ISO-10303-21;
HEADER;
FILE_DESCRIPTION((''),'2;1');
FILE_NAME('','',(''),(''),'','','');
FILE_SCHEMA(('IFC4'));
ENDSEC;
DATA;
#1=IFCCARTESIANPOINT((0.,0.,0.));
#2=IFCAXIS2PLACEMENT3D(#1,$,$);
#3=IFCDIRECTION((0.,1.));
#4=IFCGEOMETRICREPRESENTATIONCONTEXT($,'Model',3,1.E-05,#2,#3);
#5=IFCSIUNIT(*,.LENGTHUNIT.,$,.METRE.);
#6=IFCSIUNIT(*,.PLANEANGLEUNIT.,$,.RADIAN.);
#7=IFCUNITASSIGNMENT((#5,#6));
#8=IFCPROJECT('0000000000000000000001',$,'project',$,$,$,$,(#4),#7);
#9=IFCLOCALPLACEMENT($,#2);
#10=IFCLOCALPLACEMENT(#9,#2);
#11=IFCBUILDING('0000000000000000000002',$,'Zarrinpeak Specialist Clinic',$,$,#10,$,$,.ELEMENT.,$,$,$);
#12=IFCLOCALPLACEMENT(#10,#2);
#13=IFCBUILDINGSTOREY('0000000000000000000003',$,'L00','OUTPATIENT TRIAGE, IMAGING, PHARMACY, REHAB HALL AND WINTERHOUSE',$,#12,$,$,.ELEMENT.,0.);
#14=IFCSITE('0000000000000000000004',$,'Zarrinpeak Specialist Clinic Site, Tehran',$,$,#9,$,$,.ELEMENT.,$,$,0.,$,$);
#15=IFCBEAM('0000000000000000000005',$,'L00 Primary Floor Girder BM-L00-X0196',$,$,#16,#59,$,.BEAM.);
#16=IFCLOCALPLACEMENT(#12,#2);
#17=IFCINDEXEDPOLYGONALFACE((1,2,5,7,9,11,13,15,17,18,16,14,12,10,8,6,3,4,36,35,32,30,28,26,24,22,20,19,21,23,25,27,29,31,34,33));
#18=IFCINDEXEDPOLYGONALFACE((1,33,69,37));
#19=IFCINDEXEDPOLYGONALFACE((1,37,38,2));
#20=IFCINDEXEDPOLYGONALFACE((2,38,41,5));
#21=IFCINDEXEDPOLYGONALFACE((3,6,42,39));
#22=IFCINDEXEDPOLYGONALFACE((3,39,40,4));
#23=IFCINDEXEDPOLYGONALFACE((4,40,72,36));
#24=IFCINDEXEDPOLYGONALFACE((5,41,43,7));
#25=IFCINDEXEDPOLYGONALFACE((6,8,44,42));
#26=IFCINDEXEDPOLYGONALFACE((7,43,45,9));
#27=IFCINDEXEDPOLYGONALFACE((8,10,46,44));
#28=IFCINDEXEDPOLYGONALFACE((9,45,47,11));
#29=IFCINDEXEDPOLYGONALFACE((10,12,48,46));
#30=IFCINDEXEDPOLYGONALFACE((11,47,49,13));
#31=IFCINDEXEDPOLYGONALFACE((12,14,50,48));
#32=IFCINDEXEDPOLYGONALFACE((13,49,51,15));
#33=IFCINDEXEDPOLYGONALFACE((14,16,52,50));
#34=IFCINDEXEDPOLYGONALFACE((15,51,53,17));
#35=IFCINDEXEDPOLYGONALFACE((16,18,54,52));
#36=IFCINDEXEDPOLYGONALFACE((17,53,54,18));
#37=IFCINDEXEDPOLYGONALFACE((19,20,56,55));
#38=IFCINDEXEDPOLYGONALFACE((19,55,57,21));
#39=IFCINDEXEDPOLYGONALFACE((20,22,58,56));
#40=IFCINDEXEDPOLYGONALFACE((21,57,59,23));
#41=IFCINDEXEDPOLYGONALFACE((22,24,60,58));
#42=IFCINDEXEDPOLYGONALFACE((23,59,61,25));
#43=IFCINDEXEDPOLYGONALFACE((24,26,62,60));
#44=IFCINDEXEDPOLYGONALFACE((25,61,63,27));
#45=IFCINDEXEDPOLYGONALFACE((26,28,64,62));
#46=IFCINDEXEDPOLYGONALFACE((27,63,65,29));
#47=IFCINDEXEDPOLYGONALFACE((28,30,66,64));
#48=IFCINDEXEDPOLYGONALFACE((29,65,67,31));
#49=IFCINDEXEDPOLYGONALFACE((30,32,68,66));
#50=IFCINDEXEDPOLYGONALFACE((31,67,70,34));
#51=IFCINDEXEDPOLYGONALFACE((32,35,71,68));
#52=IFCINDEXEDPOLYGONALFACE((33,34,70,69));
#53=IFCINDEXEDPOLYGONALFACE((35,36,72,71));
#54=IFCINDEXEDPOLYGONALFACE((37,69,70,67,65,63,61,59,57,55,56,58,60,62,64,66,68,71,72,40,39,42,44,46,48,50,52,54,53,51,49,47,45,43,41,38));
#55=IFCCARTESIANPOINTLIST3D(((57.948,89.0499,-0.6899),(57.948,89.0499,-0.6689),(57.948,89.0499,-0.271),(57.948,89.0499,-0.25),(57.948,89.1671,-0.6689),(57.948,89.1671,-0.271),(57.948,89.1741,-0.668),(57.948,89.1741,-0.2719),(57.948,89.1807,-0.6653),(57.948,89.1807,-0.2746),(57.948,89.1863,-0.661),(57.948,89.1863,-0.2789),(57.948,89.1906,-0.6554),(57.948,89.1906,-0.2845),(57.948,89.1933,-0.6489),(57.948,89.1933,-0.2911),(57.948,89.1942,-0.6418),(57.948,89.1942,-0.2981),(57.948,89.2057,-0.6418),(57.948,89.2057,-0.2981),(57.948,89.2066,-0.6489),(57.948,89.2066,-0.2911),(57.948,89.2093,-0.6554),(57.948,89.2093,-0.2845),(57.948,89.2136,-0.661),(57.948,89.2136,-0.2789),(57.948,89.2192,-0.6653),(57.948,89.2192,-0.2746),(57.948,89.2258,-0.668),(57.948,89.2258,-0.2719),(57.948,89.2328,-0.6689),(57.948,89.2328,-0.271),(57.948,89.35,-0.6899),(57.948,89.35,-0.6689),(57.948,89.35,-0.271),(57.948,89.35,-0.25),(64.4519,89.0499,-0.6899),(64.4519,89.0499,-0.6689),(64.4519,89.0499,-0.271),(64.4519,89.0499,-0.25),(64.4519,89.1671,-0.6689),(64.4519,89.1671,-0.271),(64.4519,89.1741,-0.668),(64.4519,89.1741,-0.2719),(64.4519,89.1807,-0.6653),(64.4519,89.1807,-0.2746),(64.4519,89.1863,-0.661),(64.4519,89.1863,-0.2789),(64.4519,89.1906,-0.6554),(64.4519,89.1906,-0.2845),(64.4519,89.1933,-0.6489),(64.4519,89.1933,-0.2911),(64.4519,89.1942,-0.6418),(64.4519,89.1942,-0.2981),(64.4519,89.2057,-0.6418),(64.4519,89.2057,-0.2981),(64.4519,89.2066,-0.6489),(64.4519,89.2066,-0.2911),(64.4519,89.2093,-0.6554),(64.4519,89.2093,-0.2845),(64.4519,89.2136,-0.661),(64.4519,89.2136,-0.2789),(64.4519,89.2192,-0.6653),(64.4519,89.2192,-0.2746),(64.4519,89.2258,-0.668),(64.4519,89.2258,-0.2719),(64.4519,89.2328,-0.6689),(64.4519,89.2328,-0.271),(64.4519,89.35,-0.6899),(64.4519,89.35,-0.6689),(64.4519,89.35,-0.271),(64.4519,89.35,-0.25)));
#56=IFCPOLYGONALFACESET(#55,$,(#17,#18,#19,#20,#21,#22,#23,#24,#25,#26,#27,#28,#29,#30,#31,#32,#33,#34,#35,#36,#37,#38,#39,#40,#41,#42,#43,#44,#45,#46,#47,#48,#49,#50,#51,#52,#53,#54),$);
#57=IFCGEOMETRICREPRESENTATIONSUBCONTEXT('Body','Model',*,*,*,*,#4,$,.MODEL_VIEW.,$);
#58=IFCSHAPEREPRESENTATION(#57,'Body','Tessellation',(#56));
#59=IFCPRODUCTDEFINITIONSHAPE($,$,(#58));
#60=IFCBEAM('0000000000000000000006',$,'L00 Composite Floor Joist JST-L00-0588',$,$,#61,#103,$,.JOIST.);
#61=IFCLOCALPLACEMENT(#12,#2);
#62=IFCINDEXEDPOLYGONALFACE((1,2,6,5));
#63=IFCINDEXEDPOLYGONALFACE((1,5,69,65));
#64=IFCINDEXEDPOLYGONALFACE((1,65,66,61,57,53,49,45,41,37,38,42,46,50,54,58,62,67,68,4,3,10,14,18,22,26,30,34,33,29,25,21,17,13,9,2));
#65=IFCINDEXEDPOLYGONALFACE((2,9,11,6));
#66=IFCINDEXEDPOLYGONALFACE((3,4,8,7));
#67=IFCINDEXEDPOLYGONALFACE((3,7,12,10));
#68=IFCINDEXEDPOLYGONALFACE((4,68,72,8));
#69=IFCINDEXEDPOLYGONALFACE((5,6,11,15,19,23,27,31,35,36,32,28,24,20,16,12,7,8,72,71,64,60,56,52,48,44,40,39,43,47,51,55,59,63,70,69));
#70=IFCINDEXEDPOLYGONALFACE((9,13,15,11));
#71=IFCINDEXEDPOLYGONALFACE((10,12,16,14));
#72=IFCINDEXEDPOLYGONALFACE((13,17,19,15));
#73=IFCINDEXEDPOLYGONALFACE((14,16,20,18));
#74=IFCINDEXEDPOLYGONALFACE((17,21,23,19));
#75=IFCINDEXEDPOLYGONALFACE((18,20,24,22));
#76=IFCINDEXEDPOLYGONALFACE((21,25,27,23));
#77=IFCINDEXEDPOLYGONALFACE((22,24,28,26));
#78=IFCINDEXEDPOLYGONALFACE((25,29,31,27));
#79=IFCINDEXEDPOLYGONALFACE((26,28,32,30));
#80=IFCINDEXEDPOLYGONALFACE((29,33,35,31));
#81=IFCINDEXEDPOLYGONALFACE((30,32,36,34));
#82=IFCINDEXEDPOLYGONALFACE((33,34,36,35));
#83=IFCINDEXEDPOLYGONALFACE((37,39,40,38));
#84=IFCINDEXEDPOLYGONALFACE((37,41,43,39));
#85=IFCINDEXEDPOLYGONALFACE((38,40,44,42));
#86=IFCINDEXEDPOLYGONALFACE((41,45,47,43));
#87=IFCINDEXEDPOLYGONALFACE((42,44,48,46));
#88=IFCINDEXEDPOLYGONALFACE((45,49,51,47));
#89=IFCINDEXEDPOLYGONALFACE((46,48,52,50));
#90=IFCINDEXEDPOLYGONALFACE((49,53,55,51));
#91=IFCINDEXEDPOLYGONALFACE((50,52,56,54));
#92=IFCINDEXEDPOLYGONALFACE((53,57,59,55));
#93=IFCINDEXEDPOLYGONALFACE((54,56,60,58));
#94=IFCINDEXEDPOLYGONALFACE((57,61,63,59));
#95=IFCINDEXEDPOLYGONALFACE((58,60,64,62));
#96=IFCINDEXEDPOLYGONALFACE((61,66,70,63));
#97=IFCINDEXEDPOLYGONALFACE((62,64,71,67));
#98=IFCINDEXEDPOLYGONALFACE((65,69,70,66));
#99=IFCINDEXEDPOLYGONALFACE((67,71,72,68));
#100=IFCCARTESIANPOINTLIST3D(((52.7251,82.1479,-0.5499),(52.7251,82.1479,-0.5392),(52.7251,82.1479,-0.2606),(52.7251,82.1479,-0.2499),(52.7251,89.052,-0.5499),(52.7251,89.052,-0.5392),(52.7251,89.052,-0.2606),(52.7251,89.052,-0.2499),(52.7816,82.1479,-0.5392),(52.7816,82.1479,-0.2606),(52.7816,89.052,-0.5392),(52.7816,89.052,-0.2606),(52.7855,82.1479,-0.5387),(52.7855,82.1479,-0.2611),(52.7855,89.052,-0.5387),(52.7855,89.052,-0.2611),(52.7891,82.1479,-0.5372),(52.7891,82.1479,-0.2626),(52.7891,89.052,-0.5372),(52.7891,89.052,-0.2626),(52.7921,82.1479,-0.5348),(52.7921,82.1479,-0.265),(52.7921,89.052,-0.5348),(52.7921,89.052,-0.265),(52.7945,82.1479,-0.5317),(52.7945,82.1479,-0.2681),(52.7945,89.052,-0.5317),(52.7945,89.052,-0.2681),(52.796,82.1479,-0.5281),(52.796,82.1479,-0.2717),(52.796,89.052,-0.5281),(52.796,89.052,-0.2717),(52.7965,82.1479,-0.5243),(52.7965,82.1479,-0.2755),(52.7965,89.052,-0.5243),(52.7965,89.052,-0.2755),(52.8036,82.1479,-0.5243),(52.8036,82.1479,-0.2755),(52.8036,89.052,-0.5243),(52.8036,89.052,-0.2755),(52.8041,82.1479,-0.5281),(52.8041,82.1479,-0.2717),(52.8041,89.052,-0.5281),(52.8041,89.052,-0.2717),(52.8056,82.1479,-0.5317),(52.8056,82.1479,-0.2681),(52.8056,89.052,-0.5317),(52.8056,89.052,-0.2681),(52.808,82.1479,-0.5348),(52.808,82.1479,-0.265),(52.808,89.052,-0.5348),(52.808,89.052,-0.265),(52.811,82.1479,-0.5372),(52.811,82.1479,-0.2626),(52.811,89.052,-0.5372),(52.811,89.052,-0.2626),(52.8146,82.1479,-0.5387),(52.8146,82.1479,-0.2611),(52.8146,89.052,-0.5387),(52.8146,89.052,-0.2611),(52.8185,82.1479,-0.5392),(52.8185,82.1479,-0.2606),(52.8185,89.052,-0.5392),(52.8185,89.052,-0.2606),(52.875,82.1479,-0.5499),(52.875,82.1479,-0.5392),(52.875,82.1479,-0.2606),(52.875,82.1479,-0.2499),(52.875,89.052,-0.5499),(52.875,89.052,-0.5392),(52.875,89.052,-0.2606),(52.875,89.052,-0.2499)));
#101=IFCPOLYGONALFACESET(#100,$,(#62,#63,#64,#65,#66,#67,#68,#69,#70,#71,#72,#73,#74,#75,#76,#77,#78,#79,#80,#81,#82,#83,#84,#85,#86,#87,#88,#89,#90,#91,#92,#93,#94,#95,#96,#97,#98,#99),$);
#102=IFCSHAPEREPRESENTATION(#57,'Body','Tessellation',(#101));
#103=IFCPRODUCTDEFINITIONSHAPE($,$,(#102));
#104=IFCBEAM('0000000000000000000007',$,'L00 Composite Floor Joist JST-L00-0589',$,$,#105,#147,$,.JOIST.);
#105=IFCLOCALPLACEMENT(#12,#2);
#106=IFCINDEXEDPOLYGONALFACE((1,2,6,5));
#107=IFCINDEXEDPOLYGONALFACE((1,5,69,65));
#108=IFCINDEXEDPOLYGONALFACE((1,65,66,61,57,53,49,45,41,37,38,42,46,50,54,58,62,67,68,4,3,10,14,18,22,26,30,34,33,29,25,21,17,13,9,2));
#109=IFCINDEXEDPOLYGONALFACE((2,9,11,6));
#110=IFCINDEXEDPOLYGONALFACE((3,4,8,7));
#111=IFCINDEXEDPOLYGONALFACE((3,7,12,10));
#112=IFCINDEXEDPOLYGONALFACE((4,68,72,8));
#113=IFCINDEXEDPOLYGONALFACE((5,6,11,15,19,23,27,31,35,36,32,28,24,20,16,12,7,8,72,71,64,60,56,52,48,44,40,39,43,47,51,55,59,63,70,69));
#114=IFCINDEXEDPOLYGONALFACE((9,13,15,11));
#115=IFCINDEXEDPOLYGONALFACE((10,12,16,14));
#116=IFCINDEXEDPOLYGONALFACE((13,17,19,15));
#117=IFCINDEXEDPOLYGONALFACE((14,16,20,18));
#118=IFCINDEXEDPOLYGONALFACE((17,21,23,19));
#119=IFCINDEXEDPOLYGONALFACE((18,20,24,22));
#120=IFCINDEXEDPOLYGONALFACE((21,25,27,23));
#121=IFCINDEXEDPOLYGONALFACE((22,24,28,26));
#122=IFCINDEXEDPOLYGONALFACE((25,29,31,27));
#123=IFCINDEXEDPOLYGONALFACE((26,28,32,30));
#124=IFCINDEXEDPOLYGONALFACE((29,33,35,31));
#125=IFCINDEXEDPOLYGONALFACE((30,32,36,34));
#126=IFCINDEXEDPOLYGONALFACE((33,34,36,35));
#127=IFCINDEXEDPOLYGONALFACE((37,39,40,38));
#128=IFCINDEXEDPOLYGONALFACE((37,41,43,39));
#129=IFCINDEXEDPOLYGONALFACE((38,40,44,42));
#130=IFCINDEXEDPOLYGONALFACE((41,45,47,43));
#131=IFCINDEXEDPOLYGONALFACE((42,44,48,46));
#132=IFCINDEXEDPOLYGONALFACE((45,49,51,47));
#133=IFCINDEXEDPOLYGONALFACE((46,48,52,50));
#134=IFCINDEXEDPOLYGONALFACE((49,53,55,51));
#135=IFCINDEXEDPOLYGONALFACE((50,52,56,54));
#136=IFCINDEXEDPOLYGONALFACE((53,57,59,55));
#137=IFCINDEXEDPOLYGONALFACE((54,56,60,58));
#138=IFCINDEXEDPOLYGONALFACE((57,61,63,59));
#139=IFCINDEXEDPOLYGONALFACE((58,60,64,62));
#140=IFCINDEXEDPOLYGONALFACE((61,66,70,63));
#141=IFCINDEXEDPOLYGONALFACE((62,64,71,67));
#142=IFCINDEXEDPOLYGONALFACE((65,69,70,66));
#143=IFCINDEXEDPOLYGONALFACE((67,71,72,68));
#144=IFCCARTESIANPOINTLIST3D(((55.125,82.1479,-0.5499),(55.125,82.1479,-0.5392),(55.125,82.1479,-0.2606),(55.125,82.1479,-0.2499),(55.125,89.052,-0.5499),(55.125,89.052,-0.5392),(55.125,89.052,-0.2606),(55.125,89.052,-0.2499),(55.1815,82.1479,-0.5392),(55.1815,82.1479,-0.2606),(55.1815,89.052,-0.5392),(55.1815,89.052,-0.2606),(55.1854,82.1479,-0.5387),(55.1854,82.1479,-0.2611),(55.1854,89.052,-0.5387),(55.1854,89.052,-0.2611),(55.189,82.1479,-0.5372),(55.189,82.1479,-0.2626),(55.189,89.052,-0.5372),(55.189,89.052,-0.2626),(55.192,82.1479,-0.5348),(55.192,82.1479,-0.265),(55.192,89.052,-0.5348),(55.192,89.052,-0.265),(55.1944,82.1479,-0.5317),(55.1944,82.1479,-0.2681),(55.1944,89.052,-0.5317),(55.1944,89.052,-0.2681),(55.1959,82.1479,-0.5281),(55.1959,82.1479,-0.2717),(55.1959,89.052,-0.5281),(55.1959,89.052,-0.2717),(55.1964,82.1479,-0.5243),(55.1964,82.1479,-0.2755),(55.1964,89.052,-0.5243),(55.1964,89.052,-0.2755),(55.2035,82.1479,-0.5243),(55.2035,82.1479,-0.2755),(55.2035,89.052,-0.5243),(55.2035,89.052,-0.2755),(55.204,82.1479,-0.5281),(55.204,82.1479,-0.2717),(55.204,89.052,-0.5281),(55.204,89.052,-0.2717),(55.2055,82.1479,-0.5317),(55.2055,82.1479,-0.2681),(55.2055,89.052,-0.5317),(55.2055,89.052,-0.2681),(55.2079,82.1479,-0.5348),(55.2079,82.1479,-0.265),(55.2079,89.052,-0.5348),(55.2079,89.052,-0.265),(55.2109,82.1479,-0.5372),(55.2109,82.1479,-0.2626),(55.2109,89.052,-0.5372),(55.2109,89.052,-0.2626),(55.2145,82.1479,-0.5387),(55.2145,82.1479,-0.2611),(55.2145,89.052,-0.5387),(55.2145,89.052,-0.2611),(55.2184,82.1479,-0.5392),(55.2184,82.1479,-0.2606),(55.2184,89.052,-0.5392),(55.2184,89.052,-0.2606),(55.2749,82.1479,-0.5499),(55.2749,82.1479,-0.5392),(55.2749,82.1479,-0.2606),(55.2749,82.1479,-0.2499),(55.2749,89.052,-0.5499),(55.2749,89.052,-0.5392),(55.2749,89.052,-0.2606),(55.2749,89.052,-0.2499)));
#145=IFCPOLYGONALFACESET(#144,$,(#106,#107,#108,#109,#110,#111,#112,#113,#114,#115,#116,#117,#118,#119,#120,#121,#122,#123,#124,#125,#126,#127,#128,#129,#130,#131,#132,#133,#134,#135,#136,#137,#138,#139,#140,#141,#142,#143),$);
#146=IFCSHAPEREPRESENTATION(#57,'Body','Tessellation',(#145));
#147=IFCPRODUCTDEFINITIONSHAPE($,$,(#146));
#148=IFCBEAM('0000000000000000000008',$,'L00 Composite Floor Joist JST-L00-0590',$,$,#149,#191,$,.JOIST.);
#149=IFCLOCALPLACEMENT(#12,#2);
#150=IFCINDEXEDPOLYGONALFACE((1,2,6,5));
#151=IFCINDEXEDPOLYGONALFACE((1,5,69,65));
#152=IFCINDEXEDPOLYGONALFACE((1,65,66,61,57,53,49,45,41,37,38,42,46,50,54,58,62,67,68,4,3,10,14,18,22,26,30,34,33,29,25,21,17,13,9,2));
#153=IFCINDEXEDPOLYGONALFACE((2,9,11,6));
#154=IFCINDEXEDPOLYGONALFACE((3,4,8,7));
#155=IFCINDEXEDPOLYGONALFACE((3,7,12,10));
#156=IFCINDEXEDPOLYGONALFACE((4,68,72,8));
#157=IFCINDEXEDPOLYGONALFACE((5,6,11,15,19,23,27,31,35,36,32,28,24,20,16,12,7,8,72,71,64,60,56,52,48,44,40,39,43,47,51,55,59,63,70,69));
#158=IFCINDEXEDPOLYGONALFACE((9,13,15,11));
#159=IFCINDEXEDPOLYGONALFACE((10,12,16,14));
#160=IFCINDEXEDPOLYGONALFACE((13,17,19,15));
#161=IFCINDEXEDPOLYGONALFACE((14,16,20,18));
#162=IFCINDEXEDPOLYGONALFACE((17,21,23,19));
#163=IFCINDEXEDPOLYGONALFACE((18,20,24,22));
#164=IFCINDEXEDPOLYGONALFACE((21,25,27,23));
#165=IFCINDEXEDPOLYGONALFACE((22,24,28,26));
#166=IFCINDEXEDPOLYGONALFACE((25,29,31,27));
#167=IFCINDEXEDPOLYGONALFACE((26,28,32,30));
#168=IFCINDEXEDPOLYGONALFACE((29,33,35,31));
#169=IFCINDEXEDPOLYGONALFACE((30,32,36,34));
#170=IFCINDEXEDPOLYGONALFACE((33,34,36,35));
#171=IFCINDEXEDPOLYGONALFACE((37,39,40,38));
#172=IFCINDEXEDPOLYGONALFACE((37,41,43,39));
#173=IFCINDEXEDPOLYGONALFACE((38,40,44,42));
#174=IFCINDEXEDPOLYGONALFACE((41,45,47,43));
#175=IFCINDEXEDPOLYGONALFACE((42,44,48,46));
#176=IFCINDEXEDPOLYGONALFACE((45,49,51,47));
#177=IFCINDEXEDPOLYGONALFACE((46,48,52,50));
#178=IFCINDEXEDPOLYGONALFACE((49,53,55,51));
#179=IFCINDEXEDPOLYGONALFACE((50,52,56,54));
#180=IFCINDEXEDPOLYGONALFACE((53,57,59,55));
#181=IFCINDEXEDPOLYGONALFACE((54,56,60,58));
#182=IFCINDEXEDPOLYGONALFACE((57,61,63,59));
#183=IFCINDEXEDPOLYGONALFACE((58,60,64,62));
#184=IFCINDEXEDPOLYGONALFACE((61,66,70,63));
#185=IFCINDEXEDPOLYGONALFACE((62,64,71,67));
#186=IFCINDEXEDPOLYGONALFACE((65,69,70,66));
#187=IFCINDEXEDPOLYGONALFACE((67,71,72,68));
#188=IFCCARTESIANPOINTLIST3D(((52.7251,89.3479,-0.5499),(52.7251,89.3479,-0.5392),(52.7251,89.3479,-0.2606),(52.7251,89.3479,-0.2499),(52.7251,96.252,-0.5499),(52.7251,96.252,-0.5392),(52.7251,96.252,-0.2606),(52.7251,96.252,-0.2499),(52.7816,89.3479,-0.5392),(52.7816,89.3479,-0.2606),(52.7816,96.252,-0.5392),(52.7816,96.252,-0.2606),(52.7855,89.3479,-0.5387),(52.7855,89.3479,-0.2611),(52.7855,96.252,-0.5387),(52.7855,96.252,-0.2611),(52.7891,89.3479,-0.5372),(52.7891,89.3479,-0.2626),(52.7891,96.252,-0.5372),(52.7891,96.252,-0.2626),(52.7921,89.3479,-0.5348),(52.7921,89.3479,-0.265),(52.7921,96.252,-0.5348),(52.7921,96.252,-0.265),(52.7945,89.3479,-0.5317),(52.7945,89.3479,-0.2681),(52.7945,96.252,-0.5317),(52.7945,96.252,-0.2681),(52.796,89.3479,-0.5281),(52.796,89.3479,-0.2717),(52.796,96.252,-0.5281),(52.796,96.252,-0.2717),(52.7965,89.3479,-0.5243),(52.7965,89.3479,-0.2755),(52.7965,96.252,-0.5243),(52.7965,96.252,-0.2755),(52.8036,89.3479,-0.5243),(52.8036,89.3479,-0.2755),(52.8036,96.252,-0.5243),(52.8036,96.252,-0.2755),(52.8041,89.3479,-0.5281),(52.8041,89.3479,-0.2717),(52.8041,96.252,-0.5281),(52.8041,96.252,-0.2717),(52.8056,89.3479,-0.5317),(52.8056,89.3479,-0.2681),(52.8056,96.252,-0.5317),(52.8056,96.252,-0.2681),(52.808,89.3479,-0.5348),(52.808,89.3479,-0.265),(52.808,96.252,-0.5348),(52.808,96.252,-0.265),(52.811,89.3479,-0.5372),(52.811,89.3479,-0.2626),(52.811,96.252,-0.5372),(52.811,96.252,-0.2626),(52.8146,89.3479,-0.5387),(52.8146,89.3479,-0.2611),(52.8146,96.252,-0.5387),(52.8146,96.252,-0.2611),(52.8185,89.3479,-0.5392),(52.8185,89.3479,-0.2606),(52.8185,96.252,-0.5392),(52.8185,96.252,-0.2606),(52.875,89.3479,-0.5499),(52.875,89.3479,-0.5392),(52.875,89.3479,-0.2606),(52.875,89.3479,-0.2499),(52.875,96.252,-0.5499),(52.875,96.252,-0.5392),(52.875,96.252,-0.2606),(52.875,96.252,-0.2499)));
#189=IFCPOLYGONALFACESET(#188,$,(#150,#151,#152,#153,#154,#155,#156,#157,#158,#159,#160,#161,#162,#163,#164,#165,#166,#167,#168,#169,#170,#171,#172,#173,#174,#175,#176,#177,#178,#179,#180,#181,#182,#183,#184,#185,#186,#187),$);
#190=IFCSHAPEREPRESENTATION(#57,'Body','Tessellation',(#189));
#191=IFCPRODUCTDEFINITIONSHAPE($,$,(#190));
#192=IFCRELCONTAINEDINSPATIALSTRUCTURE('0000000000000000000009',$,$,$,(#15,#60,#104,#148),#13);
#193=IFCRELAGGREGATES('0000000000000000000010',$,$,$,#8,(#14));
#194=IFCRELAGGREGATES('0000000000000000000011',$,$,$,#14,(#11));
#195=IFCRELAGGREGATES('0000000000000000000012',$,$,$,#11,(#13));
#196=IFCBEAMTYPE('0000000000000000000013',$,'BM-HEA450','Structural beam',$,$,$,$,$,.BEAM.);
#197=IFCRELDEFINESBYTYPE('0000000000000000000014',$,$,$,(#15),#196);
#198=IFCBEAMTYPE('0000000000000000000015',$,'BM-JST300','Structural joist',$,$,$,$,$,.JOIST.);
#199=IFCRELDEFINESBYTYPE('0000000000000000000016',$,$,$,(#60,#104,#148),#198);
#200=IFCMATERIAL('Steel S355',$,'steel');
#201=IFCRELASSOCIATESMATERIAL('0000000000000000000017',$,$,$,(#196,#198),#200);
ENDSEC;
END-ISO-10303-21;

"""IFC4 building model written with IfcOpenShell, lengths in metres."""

from ifc_helpers import new_model, si_unit, direction, frame, origin, origin_2d, place, context, subcontext, project, spatial, i_section, extrude, material, material_profile, profile_set, type_object, element, save


model = new_model("IFC4")

# Units and contexts
model_context = context("Model", 3, precision=1e-05, world=origin(), true_north=direction((0.0, 1.0)))
body_context = subcontext(model_context, "Body", "Model", "MODEL_VIEW")
ifc_project = project(units=[si_unit("LENGTHUNIT", "METRE"), si_unit("PLANEANGLEUNIT", "RADIAN")], contexts=[model_context])

# Site, building, storey
site_placement = place(None, origin())
site = spatial("IfcSite", under=ifc_project, at=site_placement, Name="Zarrinpeak Specialist Clinic Site, Tehran", CompositionType="ELEMENT", RefElevation=0.0)
building_placement = place(site_placement, origin())
building = spatial("IfcBuilding", under=site, at=building_placement, Name="Zarrinpeak Specialist Clinic", CompositionType="ELEMENT")
storey_placement = place(building_placement, origin())
storey = spatial("IfcBuildingStorey", under=building, at=storey_placement, Name="L00", Description="OUTPATIENT TRIAGE, IMAGING, PHARMACY, REHAB HALL AND WINTERHOUSE", CompositionType="ELEMENT", Elevation=0.0)

# Shared definitions
ifc_material_1 = material(Name="Steel S355", Category="steel")

# Beams
ifc_material_profile_1 = material_profile(ifc_material_1, i_section(OverallWidth=0.3, OverallDepth=0.4399, WebThickness=0.0115, FlangeThickness=0.021, FilletRadius=0.0271, at=origin_2d()), Name="HEA 450")
ifc_profile_set_1 = profile_set([ifc_material_profile_1], Name="Steel S355")
beam_type_1 = type_object("IfcBeamType", Name="BM-HEA450", Description="Structural beam", PredefinedType="BEAM", material=ifc_profile_set_1)
for number, where, z_axis, x_axis, name in (
    (1, (57.948, 89.2, -0.47), (1.0, 0.0, 0.0), (0.0, 1.0, 0.0), "L00 Primary Floor Girder BM-L00-X0196"),
):
    element("IfcBeam", number, at=place(storey_placement, frame(where, z_axis=z_axis, x_axis=x_axis)), inside=storey, type_object=beam_type_1, Name=name, PredefinedType="BEAM", context=body_context, shape_type="SweptSolid", body=[
        extrude(i_section(OverallWidth=0.3, OverallDepth=0.4399, WebThickness=0.0115, FlangeThickness=0.021, FilletRadius=0.0271, at=origin_2d()), origin(), (0.0, 0.0, 1.0), 6.5039),
    ])
ifc_material_profile_2 = material_profile(ifc_material_1, i_section(OverallWidth=0.1499, OverallDepth=0.3, WebThickness=0.0071, FlangeThickness=0.0107, FilletRadius=0.0149, at=origin_2d()), Name="IPE 300")
ifc_profile_set_2 = profile_set([ifc_material_profile_2], Name="Steel S355")
beam_type_2 = type_object("IfcBeamType", Name="BM-JST300", Description="Structural joist", PredefinedType="JOIST", material=ifc_profile_set_2)
for number, where, z_axis, x_axis, name in (
    (2, (52.8, 82.1479, -0.3999), (0.0, 1.0, 0.0), (-1.0, 0.0, 0.0), "L00 Composite Floor Joist JST-L00-0588"),
    (3, (55.2, 82.1479, -0.3999), (0.0, 1.0, 0.0), (-1.0, 0.0, 0.0), "L00 Composite Floor Joist JST-L00-0589"),
    (4, (52.8, 89.3479, -0.3999), (0.0, 1.0, 0.0), (-1.0, 0.0, 0.0), "L00 Composite Floor Joist JST-L00-0590"),
):
    element("IfcBeam", number, at=place(storey_placement, frame(where, z_axis=z_axis, x_axis=x_axis)), inside=storey, type_object=beam_type_2, Name=name, PredefinedType="JOIST", context=body_context, shape_type="SweptSolid", body=[
        extrude(i_section(OverallWidth=0.1499, OverallDepth=0.3, WebThickness=0.0071, FlangeThickness=0.0107, FilletRadius=0.0149, at=origin_2d()), origin(), (0.0, 0.0, 1.0), 6.9041),
    ])

save(model, "model.ifc")
